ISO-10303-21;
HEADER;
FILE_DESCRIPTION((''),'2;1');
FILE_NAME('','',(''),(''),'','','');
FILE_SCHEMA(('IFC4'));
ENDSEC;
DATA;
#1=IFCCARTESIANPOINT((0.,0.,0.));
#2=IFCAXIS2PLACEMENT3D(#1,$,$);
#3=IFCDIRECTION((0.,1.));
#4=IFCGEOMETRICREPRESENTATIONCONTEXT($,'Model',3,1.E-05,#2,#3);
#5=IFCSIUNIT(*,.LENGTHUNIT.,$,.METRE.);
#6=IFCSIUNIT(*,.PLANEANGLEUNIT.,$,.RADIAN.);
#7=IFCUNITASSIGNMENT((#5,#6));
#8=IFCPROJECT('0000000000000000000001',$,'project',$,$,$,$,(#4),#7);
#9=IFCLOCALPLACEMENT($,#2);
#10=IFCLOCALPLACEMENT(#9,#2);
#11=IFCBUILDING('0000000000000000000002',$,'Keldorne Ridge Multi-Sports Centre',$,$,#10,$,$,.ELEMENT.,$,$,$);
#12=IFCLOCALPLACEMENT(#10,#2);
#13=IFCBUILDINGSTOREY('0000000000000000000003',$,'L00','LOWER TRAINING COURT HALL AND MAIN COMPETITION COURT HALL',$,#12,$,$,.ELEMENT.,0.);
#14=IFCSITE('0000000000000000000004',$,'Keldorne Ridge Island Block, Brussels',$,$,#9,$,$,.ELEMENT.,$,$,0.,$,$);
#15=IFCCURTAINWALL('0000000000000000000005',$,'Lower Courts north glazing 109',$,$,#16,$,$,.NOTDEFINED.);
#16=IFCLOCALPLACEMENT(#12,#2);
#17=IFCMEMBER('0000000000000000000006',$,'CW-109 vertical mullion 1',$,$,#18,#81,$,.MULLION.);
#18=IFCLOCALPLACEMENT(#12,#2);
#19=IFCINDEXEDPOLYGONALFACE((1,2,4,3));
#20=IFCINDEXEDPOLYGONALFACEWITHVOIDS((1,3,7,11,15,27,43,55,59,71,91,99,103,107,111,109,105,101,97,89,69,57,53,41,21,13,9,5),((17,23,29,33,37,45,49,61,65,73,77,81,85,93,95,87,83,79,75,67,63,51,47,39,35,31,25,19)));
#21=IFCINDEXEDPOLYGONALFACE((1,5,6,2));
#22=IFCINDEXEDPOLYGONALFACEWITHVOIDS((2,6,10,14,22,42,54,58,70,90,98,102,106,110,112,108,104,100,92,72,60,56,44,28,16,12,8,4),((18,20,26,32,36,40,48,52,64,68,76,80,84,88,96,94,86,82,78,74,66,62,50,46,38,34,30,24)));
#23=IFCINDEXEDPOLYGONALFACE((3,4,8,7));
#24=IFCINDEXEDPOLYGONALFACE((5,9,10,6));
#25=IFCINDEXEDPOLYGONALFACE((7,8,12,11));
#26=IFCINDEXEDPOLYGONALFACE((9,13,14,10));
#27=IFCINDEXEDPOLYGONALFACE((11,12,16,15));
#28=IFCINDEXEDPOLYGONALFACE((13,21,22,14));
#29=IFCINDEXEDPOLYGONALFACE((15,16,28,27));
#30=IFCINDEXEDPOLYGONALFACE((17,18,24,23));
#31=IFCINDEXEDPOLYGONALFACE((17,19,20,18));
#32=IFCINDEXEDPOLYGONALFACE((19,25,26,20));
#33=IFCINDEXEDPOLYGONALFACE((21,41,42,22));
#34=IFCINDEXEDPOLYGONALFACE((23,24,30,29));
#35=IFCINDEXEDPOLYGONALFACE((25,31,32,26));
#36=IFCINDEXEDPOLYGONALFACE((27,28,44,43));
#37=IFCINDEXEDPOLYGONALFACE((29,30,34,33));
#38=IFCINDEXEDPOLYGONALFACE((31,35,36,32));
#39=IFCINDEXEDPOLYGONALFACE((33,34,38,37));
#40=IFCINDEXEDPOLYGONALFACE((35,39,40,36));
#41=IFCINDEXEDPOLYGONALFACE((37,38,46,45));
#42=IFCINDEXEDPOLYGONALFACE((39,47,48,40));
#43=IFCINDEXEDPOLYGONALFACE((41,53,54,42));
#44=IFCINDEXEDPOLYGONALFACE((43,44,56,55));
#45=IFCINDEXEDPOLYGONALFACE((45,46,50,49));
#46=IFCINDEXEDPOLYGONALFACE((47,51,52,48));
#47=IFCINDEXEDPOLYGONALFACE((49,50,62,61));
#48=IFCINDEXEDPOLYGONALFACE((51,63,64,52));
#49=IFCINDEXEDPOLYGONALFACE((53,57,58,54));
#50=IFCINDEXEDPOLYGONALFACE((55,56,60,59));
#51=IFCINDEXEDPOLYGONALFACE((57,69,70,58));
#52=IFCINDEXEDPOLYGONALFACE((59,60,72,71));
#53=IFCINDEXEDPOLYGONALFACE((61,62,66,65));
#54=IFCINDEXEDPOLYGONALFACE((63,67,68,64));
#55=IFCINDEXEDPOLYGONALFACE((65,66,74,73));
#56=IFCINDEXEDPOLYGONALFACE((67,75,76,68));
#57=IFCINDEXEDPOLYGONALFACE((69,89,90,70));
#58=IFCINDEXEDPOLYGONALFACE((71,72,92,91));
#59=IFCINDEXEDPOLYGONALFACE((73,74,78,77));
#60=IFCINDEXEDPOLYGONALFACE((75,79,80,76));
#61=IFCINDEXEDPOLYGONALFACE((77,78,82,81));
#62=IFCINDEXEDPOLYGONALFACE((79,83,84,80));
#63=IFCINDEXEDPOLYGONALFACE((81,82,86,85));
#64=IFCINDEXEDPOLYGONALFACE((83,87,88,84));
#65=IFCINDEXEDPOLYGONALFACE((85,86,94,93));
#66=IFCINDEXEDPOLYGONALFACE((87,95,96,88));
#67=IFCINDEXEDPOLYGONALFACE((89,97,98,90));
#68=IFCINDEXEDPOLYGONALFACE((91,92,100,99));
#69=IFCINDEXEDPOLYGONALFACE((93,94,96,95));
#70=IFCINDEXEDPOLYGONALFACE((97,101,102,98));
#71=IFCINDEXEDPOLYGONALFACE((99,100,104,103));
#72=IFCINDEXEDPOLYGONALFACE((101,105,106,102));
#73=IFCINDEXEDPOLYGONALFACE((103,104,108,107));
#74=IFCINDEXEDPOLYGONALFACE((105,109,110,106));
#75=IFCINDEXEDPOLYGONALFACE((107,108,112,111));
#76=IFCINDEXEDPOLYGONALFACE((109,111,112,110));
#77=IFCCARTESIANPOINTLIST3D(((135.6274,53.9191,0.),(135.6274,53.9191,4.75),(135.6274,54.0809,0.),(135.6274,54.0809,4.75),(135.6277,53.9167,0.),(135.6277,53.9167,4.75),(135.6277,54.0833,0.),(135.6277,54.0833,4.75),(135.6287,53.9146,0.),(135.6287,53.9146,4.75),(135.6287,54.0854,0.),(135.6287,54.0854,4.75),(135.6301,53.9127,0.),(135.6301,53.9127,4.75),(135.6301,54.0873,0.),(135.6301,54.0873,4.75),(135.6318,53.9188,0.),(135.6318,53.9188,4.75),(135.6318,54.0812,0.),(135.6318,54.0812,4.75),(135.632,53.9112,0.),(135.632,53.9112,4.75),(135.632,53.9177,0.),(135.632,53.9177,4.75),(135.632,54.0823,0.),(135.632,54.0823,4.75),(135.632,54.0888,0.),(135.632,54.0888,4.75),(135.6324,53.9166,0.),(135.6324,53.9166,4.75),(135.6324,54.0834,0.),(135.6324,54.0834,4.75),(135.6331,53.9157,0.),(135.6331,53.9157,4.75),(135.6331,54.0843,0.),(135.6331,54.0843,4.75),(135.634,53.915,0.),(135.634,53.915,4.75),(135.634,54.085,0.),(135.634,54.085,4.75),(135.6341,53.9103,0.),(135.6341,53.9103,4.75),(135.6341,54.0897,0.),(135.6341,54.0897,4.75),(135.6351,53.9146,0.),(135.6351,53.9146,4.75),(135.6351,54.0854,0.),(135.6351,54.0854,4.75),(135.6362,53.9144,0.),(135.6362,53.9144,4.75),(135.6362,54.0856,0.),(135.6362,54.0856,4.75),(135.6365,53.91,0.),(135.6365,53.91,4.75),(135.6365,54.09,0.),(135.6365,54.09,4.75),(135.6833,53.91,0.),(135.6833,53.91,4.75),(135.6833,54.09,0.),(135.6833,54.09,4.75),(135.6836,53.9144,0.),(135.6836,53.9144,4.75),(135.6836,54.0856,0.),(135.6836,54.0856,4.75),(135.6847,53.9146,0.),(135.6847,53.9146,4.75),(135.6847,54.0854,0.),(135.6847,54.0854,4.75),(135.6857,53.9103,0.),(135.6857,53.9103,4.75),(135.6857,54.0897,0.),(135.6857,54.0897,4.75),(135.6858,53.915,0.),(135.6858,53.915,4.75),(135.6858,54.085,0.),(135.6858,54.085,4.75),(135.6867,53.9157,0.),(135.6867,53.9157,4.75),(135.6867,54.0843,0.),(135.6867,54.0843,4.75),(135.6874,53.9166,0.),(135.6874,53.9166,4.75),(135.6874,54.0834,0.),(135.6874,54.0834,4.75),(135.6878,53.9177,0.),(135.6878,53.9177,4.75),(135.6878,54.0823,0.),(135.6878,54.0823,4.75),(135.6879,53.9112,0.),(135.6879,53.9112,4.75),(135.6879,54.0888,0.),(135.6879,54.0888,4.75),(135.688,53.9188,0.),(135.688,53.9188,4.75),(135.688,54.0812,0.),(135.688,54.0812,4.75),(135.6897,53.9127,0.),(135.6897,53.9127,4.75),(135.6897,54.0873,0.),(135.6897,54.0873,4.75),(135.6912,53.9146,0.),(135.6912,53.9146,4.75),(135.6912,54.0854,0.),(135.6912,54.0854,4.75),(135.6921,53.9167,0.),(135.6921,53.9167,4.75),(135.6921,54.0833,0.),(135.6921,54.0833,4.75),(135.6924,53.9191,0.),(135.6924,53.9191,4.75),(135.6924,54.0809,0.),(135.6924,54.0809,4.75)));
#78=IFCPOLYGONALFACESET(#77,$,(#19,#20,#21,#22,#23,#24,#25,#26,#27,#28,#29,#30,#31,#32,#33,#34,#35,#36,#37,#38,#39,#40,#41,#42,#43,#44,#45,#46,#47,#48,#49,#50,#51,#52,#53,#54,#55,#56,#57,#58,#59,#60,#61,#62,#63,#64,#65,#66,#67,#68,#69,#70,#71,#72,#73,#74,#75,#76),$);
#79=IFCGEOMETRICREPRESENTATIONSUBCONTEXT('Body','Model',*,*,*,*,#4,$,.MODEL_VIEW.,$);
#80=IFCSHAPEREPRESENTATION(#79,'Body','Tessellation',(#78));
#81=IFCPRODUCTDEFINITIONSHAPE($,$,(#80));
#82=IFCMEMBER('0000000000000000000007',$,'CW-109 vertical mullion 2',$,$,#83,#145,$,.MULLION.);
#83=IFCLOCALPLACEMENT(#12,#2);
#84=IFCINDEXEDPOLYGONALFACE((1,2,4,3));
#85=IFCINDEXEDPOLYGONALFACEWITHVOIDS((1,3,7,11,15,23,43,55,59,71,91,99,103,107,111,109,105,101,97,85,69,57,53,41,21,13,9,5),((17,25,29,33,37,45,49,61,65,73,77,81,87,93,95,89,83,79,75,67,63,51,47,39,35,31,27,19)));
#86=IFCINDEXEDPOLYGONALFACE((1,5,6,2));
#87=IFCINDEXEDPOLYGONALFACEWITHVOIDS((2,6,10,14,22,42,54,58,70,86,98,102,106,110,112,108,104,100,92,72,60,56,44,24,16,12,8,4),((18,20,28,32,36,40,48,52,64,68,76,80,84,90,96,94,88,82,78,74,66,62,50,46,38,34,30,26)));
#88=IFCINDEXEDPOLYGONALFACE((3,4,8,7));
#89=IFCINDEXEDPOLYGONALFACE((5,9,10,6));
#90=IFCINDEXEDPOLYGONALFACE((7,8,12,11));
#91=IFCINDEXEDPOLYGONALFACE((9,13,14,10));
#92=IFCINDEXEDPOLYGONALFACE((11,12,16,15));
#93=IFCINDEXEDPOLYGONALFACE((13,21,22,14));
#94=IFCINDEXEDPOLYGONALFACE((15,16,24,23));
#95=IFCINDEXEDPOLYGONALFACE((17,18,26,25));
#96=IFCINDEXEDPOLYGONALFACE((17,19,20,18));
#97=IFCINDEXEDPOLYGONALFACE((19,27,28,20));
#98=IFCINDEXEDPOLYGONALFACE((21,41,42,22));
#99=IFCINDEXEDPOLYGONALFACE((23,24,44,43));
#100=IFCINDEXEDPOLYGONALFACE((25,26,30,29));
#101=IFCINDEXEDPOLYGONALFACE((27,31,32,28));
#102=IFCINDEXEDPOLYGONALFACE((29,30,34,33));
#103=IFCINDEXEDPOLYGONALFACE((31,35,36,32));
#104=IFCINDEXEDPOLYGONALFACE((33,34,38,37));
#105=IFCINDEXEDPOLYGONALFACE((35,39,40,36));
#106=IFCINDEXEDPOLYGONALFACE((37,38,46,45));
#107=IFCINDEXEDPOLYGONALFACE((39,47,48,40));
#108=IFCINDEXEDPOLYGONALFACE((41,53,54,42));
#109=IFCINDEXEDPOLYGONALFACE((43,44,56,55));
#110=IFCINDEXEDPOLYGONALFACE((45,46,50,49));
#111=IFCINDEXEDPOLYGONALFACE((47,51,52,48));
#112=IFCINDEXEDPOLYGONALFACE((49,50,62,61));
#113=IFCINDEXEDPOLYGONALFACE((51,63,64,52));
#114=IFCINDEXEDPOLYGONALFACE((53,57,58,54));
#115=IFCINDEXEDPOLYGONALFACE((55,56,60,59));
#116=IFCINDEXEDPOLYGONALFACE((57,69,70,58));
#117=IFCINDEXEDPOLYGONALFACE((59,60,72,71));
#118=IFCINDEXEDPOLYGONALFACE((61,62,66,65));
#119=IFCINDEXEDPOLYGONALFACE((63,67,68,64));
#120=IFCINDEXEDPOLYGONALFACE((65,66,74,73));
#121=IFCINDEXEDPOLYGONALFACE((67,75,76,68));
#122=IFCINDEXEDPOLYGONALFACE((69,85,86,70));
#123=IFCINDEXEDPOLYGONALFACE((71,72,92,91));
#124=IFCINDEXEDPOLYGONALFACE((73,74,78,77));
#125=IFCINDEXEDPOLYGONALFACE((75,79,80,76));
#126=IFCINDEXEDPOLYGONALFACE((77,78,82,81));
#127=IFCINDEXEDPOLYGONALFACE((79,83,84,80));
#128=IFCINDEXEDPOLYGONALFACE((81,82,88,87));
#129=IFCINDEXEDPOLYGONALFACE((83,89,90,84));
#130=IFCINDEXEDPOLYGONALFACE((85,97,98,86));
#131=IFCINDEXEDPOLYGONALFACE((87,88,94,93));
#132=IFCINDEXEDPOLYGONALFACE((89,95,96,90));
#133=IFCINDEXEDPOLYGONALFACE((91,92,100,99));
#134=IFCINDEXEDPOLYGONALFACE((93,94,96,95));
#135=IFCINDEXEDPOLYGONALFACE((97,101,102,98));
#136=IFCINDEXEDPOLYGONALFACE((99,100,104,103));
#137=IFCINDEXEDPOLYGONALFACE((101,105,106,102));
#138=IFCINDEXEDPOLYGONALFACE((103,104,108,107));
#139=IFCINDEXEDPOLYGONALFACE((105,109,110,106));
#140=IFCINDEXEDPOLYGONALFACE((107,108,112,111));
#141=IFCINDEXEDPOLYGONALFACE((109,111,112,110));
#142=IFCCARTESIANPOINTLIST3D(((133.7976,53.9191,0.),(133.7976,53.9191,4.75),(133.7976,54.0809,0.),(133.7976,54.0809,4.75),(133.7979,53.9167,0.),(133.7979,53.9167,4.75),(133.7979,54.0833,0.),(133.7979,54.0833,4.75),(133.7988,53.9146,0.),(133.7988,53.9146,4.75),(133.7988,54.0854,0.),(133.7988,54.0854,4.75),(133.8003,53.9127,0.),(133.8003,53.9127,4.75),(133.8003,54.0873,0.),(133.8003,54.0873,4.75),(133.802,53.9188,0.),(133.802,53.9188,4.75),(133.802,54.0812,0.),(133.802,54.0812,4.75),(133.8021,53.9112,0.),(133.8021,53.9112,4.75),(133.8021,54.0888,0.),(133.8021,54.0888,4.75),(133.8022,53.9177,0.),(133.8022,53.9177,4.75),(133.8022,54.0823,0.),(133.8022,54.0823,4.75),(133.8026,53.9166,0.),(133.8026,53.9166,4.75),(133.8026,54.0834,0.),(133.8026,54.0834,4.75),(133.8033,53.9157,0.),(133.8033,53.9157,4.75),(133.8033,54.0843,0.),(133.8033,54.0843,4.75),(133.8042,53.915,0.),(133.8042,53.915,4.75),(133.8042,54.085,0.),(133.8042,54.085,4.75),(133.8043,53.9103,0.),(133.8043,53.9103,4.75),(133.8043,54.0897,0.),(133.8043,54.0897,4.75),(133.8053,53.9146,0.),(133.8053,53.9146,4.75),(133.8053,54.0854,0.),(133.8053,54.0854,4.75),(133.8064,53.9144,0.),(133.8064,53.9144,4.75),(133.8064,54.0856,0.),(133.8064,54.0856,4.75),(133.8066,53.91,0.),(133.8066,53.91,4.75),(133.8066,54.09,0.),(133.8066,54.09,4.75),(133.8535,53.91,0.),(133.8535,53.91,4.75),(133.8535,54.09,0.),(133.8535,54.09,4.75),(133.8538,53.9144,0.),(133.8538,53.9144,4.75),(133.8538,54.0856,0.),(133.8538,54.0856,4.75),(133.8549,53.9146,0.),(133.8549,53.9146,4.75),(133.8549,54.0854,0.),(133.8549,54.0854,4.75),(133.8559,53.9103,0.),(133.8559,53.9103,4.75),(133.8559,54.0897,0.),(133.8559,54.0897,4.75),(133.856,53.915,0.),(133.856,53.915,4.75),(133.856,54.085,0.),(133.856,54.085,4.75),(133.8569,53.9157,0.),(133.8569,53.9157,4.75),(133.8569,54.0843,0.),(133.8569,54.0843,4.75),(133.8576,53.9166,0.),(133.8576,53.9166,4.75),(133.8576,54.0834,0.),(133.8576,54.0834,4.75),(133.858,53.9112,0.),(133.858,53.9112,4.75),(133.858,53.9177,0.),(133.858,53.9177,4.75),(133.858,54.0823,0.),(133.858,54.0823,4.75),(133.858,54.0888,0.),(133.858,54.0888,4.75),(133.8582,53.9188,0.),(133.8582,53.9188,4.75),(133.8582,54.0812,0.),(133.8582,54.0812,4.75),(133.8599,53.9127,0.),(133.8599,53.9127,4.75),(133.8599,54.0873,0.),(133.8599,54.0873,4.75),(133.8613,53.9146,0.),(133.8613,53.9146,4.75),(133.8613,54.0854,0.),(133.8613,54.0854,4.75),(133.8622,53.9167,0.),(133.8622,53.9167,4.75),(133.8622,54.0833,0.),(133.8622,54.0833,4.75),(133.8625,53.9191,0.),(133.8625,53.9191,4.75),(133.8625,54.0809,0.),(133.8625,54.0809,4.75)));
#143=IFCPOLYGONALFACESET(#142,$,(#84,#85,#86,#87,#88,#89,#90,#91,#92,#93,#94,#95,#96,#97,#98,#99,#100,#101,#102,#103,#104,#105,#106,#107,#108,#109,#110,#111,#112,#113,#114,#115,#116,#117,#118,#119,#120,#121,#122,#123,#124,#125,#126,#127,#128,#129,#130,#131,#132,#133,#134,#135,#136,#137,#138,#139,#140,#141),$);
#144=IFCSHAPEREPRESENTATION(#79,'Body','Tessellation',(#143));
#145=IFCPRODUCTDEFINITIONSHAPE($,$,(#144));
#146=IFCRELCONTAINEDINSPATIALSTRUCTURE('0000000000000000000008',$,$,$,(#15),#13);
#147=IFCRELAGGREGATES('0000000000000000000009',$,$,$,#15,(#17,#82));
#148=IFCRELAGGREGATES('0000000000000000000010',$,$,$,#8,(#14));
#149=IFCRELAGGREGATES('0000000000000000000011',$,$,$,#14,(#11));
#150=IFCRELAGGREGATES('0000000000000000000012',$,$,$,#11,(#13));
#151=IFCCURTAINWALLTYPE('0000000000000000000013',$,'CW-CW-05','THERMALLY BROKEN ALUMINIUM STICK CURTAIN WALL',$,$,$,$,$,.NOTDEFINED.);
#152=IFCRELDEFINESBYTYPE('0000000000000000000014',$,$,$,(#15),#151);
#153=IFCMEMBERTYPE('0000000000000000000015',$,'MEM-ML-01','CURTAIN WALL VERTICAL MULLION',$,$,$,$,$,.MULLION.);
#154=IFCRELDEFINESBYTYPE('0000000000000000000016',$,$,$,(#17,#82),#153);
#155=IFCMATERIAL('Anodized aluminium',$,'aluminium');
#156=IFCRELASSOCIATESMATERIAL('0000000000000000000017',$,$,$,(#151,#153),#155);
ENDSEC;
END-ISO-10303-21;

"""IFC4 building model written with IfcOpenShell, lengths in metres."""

from ifc_helpers import new_model, si_unit, direction, frame, origin, origin_2d, place, context, subcontext, project, spatial, hollow_rectangle, extrude, material, material_profile, profile_set, type_object, element, aggregate, save


model = new_model("IFC4")

# Units and contexts
model_context = context("Model", 3, precision=1e-05, world=origin(), true_north=direction((0.0, 1.0)))
body_context = subcontext(model_context, "Body", "Model", "MODEL_VIEW")
ifc_project = project(units=[si_unit("LENGTHUNIT", "METRE"), si_unit("PLANEANGLEUNIT", "RADIAN")], contexts=[model_context])

# Site, building, storey
site_placement = place(None, origin())
site = spatial("IfcSite", under=ifc_project, at=site_placement, Name="Keldorne Ridge Island Block, Brussels", CompositionType="ELEMENT", RefElevation=0.0)
building_placement = place(site_placement, origin())
building = spatial("IfcBuilding", under=site, at=building_placement, Name="Keldorne Ridge Multi-Sports Centre", CompositionType="ELEMENT")
storey_placement = place(building_placement, origin())
storey = spatial("IfcBuildingStorey", under=building, at=storey_placement, Name="L00", Description="LOWER TRAINING COURT HALL AND MAIN COMPETITION COURT HALL", CompositionType="ELEMENT", Elevation=0.0)

# Curtain wall, members
ifc_material_1 = material(Name="Anodized aluminium", Category="aluminium")
curtain_wall_type_1 = type_object("IfcCurtainWallType", Name="CW-CW-05", Description="THERMALLY BROKEN ALUMINIUM STICK CURTAIN WALL", PredefinedType="NOTDEFINED", material=ifc_material_1)
curtain_wall_1_placement = place(storey_placement, origin())
curtain_wall_1 = element("IfcCurtainWall", 1, at=curtain_wall_1_placement, inside=storey, type_object=curtain_wall_type_1, Name="Lower Courts north glazing 109", PredefinedType="NOTDEFINED")
ifc_material_profile_1 = material_profile(ifc_material_1, hollow_rectangle(XDim=0.0649, YDim=0.1799, WallThickness=0.0044, InnerFilletRadius=0.0044, OuterFilletRadius=0.009, at=origin_2d()), Name="ALU MULLION 180x65x4.5")
ifc_profile_set_1 = profile_set([ifc_material_profile_1], Name="Anodized aluminium")
member_type_1 = type_object("IfcMemberType", Name="MEM-ML-01", Description="CURTAIN WALL VERTICAL MULLION", PredefinedType="MULLION", material=ifc_profile_set_1)
member_1_placement = place(storey_placement, frame((135.6599, 54.0, 0.0), z_axis=(0.0, 0.0, 1.0), x_axis=(1.0, 0.0, 0.0)))
member_1 = element("IfcMember", 2, at=member_1_placement, type_object=member_type_1, Name="CW-109 vertical mullion 1", PredefinedType="MULLION", context=body_context, shape_type="SweptSolid", body=[
    extrude(hollow_rectangle(XDim=0.0649, YDim=0.1799, WallThickness=0.0044, InnerFilletRadius=0.0044, OuterFilletRadius=0.009, at=origin_2d()), origin(), (0.0, 0.0, 1.0), 4.75),
])
member_2_placement = place(storey_placement, frame((133.8301, 54.0, 0.0), z_axis=(0.0, 0.0, 1.0), x_axis=(1.0, 0.0, 0.0)))
member_2 = element("IfcMember", 3, at=member_2_placement, type_object=member_type_1, Name="CW-109 vertical mullion 2", PredefinedType="MULLION", context=body_context, shape_type="SweptSolid", body=[
    extrude(hollow_rectangle(XDim=0.0649, YDim=0.1799, WallThickness=0.0044, InnerFilletRadius=0.0044, OuterFilletRadius=0.009, at=origin_2d()), origin(), (0.0, 0.0, 1.0), 4.75),
])

aggregate(curtain_wall_1, [member_1, member_2])

save(model, "model.ifc")
